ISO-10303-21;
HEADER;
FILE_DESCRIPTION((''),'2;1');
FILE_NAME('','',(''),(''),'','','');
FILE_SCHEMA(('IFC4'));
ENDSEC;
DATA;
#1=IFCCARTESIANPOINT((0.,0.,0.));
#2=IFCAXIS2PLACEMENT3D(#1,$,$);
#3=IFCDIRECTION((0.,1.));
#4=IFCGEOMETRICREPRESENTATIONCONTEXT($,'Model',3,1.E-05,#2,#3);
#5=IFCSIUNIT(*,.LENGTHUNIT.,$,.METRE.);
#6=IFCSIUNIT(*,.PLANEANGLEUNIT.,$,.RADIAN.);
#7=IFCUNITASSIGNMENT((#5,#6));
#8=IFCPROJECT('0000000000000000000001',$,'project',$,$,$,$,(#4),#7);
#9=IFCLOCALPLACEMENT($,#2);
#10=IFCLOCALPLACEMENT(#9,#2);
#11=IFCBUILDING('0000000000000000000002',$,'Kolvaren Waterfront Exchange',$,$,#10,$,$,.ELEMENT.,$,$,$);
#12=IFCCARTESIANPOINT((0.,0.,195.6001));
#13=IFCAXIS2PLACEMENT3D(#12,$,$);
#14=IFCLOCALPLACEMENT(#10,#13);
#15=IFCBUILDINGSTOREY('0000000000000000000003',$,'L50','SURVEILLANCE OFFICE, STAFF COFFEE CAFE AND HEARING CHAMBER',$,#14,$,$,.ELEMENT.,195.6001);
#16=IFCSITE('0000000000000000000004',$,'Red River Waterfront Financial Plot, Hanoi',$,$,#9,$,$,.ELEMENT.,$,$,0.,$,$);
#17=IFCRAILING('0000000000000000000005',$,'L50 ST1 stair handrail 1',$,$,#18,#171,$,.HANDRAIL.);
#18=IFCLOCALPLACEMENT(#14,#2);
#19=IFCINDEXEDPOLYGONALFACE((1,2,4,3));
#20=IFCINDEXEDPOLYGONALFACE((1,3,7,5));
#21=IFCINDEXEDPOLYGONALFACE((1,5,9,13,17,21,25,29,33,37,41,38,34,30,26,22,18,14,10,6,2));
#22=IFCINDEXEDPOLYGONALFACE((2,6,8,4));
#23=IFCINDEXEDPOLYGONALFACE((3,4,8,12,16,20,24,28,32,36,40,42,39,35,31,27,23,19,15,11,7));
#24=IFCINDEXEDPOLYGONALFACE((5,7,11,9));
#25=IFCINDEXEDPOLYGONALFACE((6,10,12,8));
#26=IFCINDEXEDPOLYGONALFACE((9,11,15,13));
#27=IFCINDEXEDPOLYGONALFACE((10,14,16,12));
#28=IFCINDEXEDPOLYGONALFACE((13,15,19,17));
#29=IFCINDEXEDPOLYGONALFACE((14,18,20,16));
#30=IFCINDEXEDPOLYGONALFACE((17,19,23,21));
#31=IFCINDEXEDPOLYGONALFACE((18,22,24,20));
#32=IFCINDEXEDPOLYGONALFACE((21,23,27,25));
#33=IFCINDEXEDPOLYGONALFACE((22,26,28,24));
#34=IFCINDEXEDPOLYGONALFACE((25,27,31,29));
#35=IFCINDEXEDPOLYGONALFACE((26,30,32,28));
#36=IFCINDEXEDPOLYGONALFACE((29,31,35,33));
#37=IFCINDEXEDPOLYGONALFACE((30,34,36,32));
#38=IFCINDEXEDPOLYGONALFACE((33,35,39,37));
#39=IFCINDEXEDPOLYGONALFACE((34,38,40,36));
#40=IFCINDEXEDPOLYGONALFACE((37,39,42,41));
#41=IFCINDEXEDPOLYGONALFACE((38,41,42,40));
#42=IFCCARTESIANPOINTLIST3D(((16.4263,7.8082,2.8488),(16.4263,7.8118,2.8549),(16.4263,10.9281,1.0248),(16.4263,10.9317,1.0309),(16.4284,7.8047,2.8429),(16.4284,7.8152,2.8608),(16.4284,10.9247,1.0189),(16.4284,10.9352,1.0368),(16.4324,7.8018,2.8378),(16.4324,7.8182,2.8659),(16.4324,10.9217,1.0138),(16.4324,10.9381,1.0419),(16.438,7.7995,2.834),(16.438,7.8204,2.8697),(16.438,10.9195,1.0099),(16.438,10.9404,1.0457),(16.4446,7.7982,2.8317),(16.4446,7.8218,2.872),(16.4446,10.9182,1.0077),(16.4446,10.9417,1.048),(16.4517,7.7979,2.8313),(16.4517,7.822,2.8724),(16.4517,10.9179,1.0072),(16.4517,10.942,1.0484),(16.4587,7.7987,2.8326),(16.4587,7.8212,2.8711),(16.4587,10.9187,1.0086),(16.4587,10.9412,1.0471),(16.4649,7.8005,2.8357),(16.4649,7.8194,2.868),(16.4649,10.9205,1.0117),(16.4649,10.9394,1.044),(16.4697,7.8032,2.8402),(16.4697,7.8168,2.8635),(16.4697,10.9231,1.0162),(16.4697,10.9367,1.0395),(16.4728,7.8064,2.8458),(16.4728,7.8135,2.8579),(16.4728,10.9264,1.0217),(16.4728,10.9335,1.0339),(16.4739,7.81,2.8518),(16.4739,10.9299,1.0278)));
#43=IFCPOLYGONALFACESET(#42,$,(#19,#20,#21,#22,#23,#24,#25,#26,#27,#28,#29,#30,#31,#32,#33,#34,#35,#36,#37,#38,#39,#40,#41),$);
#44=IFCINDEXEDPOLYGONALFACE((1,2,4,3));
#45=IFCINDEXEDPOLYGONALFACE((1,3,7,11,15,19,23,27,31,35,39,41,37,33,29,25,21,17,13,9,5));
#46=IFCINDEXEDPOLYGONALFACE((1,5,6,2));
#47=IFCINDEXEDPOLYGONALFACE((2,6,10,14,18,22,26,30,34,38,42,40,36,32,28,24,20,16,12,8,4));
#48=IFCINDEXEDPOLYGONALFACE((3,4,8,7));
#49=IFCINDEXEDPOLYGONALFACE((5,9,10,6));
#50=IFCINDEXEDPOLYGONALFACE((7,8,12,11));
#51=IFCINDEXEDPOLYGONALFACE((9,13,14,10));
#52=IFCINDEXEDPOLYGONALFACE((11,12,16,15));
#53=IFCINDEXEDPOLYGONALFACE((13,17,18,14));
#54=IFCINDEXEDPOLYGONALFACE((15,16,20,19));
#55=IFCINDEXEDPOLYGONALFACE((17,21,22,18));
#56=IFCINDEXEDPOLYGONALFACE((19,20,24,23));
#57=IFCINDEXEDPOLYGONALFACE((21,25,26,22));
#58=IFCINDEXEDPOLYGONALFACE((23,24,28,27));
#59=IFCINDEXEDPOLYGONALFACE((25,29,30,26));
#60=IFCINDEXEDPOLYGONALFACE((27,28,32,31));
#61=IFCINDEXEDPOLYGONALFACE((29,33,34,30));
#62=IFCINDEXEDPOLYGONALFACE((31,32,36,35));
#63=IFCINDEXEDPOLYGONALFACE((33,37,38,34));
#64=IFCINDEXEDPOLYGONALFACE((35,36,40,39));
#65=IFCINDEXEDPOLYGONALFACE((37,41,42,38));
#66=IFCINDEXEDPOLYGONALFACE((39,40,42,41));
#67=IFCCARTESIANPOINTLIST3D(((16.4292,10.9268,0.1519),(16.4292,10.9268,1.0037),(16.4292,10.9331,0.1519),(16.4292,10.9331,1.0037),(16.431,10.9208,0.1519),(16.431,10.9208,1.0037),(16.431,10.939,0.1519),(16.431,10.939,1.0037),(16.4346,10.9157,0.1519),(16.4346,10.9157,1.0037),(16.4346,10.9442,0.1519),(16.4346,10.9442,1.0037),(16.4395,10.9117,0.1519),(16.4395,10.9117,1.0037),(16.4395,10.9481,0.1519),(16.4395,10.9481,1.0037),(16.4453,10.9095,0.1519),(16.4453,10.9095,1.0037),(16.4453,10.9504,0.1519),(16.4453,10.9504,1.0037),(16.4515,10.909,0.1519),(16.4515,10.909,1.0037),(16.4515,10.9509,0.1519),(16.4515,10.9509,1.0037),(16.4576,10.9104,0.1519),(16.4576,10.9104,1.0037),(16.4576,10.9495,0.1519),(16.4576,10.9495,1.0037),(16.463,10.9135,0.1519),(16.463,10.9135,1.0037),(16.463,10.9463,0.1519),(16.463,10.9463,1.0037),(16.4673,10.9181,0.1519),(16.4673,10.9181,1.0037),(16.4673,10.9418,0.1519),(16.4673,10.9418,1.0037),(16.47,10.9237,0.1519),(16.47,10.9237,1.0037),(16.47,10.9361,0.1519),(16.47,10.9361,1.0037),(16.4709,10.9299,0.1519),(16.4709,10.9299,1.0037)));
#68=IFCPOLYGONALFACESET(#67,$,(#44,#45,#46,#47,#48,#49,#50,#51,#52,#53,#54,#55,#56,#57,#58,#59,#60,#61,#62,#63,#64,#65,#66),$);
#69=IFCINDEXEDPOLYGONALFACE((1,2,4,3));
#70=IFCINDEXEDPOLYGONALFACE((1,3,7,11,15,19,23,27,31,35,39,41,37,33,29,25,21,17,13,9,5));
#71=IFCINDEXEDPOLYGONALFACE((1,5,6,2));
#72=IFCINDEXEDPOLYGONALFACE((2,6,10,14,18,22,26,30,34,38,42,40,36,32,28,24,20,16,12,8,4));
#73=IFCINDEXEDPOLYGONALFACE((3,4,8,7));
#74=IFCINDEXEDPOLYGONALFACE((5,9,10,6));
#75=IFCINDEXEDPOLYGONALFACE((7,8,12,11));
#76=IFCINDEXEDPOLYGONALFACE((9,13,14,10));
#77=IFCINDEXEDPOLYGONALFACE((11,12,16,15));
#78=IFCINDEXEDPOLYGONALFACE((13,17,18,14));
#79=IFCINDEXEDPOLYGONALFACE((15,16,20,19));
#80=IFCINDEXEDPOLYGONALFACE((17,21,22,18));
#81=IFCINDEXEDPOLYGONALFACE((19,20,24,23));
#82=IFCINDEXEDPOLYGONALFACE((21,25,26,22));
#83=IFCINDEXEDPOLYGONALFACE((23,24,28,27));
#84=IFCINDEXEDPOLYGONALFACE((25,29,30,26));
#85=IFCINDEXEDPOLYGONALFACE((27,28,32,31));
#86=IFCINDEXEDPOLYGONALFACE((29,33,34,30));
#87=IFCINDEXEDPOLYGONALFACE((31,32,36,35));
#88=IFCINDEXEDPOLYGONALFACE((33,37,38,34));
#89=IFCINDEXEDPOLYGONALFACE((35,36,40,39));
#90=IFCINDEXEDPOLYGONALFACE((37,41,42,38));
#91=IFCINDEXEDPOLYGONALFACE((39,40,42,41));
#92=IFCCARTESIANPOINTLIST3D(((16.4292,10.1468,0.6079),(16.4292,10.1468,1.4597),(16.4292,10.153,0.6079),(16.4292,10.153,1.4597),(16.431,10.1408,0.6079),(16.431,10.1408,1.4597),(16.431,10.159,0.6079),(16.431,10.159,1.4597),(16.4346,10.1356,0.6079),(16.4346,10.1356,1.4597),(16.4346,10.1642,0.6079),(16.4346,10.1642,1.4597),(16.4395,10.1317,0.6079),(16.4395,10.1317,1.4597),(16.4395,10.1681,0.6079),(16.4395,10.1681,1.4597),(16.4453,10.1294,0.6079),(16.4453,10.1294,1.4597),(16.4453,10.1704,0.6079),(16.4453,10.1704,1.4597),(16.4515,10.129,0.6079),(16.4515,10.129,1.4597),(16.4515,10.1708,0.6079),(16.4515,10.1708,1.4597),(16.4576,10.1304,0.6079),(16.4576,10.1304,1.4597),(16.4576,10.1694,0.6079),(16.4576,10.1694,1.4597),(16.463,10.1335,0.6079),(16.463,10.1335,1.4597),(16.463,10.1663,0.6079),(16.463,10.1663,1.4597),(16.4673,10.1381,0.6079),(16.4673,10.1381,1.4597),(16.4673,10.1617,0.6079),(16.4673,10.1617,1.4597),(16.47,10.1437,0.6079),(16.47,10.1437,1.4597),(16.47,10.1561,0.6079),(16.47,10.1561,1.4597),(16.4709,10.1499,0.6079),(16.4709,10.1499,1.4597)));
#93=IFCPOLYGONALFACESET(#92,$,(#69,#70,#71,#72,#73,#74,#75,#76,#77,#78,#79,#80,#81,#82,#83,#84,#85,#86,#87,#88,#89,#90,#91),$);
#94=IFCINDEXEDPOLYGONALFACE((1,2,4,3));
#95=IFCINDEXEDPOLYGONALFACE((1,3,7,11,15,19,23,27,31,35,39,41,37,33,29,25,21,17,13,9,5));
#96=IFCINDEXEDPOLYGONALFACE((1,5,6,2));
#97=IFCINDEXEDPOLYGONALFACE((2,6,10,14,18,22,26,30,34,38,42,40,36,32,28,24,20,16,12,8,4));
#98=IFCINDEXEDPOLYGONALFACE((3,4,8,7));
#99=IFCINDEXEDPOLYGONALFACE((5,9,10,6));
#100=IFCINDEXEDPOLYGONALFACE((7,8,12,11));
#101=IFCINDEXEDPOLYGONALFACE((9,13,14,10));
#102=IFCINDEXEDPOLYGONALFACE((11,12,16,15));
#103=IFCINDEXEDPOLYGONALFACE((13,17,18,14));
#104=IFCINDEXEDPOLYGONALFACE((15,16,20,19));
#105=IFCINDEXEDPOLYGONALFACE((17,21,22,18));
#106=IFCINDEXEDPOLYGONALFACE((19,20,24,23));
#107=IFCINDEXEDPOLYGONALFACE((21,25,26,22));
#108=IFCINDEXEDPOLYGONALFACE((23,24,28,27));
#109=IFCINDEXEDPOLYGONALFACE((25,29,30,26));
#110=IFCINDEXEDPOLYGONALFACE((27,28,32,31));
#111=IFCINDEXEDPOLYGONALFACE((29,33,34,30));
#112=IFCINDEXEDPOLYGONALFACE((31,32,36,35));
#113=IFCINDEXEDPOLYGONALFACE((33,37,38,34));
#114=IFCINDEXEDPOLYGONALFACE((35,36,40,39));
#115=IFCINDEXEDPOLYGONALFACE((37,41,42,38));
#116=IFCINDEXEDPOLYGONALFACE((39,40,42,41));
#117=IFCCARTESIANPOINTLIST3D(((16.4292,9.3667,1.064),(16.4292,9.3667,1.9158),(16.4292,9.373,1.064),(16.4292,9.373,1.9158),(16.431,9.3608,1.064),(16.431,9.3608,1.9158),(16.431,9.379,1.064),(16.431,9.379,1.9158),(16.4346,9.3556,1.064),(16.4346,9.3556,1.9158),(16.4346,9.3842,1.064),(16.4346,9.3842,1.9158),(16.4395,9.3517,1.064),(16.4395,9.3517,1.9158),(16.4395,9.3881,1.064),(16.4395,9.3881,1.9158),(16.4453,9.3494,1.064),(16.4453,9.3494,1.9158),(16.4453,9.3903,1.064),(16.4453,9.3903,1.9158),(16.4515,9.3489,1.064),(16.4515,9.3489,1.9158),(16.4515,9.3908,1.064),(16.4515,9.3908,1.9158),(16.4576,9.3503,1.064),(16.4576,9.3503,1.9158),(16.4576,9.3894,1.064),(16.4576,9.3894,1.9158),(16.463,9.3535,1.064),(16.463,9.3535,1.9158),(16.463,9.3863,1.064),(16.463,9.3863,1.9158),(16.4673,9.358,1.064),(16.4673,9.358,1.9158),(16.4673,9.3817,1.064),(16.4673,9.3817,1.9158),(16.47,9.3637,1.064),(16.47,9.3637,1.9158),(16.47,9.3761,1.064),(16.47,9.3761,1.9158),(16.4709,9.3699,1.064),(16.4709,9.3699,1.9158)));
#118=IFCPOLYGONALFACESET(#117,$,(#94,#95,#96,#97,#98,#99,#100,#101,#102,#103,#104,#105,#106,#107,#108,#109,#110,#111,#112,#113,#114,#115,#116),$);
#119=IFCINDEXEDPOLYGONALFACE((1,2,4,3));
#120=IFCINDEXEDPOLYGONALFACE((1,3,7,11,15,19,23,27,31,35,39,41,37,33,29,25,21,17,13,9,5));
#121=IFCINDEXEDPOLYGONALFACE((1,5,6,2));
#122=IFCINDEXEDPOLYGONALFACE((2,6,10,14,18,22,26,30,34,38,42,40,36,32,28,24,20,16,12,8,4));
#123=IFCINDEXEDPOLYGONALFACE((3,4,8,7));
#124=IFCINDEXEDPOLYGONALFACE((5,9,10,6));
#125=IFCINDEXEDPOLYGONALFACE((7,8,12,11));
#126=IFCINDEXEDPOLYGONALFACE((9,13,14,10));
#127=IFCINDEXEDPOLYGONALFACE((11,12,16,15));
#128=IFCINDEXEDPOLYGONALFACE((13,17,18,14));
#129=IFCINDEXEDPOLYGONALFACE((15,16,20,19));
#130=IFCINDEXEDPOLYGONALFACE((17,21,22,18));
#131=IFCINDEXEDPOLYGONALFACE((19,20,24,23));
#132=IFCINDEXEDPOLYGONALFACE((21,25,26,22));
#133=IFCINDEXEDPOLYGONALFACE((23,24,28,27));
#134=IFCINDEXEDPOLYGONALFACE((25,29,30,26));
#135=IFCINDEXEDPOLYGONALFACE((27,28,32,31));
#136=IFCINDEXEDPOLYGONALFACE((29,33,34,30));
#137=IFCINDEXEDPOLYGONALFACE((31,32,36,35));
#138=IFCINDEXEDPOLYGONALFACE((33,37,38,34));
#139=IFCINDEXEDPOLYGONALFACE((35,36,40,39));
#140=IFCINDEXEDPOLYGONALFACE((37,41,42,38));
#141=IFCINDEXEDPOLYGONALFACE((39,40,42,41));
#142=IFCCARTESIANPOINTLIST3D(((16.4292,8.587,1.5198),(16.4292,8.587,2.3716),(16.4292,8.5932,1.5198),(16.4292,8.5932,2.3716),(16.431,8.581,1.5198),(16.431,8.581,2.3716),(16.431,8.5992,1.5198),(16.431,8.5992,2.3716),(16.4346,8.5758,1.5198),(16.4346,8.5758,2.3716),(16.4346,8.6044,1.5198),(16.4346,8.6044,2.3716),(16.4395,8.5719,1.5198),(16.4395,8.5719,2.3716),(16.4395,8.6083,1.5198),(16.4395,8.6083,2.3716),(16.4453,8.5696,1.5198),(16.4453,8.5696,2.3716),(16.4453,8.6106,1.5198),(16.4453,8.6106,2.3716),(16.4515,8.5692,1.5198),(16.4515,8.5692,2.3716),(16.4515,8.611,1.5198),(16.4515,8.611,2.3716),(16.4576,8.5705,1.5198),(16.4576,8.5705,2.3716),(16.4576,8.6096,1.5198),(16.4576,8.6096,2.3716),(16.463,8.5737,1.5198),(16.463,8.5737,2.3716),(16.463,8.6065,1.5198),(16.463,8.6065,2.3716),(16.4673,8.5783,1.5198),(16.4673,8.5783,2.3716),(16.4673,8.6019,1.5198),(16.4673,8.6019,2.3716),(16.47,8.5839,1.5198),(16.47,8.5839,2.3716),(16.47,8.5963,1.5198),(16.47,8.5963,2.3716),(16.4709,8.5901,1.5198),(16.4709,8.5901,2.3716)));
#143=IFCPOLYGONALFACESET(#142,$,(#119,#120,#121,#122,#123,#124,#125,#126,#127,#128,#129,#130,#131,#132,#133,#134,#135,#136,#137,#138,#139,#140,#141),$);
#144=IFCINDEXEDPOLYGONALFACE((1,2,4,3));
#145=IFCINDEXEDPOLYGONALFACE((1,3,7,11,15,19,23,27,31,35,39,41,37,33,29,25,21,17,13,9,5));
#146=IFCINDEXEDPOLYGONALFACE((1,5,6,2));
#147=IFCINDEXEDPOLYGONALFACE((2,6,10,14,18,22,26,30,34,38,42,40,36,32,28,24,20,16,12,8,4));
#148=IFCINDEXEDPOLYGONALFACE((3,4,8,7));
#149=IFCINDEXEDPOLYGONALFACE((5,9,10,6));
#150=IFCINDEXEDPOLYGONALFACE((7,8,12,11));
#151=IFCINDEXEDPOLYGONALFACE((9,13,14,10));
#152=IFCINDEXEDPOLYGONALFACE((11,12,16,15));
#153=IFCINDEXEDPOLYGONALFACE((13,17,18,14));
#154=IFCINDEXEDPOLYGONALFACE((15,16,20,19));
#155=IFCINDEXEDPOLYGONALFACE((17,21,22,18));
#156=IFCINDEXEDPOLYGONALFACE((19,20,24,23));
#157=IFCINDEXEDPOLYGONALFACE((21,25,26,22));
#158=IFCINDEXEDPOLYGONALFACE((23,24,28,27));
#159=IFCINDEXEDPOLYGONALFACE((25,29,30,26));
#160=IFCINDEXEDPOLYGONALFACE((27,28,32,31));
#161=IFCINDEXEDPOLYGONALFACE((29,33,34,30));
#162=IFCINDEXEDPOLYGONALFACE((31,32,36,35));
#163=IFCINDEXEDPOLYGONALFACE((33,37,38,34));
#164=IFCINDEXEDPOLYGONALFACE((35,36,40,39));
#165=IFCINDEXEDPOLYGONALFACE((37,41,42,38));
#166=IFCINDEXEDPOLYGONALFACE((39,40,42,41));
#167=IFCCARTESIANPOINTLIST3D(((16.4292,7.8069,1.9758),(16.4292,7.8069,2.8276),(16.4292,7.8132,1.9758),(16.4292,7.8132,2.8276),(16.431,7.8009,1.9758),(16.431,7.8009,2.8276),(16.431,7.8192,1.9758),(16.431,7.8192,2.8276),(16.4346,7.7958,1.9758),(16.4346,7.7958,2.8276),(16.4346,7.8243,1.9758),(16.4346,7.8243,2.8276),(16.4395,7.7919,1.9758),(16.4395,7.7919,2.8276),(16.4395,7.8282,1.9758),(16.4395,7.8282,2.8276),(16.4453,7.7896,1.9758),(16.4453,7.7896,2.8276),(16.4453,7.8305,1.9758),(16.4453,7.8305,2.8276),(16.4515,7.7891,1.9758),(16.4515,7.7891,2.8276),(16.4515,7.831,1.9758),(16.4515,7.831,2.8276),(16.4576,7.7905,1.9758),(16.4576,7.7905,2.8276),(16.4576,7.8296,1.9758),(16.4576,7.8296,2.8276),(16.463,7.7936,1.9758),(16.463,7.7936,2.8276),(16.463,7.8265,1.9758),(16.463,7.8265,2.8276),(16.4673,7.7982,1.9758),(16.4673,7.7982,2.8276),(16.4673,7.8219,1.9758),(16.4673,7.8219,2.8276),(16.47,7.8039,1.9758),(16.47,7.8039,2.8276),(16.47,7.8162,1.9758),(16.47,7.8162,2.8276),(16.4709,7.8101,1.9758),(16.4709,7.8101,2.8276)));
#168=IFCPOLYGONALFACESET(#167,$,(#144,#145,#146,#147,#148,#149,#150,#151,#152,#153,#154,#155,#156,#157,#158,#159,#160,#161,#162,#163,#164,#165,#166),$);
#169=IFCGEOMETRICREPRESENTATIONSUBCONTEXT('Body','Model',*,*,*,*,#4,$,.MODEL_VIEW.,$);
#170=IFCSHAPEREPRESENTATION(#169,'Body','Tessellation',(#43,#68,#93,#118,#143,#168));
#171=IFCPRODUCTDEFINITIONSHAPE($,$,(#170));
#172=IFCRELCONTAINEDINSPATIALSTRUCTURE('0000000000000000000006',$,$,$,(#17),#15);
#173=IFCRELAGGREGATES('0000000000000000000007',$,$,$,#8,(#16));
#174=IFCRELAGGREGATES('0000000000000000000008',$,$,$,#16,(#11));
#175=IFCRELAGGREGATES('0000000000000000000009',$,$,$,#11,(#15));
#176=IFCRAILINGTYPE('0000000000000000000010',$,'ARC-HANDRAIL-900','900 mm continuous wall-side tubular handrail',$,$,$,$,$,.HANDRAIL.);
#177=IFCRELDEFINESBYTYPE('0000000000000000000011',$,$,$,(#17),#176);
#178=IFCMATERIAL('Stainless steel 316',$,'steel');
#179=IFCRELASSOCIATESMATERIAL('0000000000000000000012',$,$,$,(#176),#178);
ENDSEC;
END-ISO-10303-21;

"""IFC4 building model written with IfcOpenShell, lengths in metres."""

from ifc_helpers import new_model, si_unit, direction, frame, origin, origin_2d, place, context, subcontext, project, spatial, circle, extrude, material, type_object, element, save


model = new_model("IFC4")

# Units and contexts
model_context = context("Model", 3, precision=1e-05, world=origin(), true_north=direction((0.0, 1.0)))
body_context = subcontext(model_context, "Body", "Model", "MODEL_VIEW")
ifc_project = project(units=[si_unit("LENGTHUNIT", "METRE"), si_unit("PLANEANGLEUNIT", "RADIAN")], contexts=[model_context])

# Site, building, storey
site_placement = place(None, origin())
site = spatial("IfcSite", under=ifc_project, at=site_placement, Name="Red River Waterfront Financial Plot, Hanoi", CompositionType="ELEMENT", RefElevation=0.0)
building_placement = place(site_placement, origin())
building = spatial("IfcBuilding", under=site, at=building_placement, Name="Kolvaren Waterfront Exchange", CompositionType="ELEMENT")
storey_placement = place(building_placement, frame((0.0, 0.0, 195.6001)))
storey = spatial("IfcBuildingStorey", under=building, at=storey_placement, Name="L50", Description="SURVEILLANCE OFFICE, STAFF COFFEE CAFE AND HEARING CHAMBER", CompositionType="ELEMENT", Elevation=195.6001)

# Railing
ifc_material_1 = material(Name="Stainless steel 316", Category="steel")
railing_type_1 = type_object("IfcRailingType", Name="ARC-HANDRAIL-900", Description="900 mm continuous wall-side tubular handrail", PredefinedType="HANDRAIL", material=ifc_material_1)
railing_1_placement = place(storey_placement, frame((16.45, 10.9299, 0.1519)))
element("IfcRailing", 1, at=railing_1_placement, inside=storey, type_object=railing_type_1, Name="L50 ST1 stair handrail 1", PredefinedType="HANDRAIL", context=body_context, shape_type="SweptSolid", body=[
    extrude(circle(Radius=0.0239, at=origin_2d()), frame((0.0, 0.0, 0.876), z_axis=(0.0, -0.863291, 0.504707), x_axis=(1.0, 0.0, 0.0)), (0.0, 0.0, 1.0), 3.614),
    extrude(circle(Radius=0.021, at=origin_2d()), origin(), (0.0, 0.0, 1.0), 0.8518),
    extrude(circle(Radius=0.021, at=origin_2d()), frame((0.0, -0.78, 0.4561)), (0.0, 0.0, 1.0), 0.8518),
    extrude(circle(Radius=0.021, at=origin_2d()), frame((0.0, -1.5601, 0.9121)), (0.0, 0.0, 1.0), 0.8518),
    extrude(circle(Radius=0.021, at=origin_2d()), frame((0.0, -2.3398, 1.3679)), (0.0, 0.0, 1.0), 0.8518),
    extrude(circle(Radius=0.021, at=origin_2d()), frame((0.0, -3.1199, 1.824)), (0.0, 0.0, 1.0), 0.8518),
])

save(model, "model.ifc")
